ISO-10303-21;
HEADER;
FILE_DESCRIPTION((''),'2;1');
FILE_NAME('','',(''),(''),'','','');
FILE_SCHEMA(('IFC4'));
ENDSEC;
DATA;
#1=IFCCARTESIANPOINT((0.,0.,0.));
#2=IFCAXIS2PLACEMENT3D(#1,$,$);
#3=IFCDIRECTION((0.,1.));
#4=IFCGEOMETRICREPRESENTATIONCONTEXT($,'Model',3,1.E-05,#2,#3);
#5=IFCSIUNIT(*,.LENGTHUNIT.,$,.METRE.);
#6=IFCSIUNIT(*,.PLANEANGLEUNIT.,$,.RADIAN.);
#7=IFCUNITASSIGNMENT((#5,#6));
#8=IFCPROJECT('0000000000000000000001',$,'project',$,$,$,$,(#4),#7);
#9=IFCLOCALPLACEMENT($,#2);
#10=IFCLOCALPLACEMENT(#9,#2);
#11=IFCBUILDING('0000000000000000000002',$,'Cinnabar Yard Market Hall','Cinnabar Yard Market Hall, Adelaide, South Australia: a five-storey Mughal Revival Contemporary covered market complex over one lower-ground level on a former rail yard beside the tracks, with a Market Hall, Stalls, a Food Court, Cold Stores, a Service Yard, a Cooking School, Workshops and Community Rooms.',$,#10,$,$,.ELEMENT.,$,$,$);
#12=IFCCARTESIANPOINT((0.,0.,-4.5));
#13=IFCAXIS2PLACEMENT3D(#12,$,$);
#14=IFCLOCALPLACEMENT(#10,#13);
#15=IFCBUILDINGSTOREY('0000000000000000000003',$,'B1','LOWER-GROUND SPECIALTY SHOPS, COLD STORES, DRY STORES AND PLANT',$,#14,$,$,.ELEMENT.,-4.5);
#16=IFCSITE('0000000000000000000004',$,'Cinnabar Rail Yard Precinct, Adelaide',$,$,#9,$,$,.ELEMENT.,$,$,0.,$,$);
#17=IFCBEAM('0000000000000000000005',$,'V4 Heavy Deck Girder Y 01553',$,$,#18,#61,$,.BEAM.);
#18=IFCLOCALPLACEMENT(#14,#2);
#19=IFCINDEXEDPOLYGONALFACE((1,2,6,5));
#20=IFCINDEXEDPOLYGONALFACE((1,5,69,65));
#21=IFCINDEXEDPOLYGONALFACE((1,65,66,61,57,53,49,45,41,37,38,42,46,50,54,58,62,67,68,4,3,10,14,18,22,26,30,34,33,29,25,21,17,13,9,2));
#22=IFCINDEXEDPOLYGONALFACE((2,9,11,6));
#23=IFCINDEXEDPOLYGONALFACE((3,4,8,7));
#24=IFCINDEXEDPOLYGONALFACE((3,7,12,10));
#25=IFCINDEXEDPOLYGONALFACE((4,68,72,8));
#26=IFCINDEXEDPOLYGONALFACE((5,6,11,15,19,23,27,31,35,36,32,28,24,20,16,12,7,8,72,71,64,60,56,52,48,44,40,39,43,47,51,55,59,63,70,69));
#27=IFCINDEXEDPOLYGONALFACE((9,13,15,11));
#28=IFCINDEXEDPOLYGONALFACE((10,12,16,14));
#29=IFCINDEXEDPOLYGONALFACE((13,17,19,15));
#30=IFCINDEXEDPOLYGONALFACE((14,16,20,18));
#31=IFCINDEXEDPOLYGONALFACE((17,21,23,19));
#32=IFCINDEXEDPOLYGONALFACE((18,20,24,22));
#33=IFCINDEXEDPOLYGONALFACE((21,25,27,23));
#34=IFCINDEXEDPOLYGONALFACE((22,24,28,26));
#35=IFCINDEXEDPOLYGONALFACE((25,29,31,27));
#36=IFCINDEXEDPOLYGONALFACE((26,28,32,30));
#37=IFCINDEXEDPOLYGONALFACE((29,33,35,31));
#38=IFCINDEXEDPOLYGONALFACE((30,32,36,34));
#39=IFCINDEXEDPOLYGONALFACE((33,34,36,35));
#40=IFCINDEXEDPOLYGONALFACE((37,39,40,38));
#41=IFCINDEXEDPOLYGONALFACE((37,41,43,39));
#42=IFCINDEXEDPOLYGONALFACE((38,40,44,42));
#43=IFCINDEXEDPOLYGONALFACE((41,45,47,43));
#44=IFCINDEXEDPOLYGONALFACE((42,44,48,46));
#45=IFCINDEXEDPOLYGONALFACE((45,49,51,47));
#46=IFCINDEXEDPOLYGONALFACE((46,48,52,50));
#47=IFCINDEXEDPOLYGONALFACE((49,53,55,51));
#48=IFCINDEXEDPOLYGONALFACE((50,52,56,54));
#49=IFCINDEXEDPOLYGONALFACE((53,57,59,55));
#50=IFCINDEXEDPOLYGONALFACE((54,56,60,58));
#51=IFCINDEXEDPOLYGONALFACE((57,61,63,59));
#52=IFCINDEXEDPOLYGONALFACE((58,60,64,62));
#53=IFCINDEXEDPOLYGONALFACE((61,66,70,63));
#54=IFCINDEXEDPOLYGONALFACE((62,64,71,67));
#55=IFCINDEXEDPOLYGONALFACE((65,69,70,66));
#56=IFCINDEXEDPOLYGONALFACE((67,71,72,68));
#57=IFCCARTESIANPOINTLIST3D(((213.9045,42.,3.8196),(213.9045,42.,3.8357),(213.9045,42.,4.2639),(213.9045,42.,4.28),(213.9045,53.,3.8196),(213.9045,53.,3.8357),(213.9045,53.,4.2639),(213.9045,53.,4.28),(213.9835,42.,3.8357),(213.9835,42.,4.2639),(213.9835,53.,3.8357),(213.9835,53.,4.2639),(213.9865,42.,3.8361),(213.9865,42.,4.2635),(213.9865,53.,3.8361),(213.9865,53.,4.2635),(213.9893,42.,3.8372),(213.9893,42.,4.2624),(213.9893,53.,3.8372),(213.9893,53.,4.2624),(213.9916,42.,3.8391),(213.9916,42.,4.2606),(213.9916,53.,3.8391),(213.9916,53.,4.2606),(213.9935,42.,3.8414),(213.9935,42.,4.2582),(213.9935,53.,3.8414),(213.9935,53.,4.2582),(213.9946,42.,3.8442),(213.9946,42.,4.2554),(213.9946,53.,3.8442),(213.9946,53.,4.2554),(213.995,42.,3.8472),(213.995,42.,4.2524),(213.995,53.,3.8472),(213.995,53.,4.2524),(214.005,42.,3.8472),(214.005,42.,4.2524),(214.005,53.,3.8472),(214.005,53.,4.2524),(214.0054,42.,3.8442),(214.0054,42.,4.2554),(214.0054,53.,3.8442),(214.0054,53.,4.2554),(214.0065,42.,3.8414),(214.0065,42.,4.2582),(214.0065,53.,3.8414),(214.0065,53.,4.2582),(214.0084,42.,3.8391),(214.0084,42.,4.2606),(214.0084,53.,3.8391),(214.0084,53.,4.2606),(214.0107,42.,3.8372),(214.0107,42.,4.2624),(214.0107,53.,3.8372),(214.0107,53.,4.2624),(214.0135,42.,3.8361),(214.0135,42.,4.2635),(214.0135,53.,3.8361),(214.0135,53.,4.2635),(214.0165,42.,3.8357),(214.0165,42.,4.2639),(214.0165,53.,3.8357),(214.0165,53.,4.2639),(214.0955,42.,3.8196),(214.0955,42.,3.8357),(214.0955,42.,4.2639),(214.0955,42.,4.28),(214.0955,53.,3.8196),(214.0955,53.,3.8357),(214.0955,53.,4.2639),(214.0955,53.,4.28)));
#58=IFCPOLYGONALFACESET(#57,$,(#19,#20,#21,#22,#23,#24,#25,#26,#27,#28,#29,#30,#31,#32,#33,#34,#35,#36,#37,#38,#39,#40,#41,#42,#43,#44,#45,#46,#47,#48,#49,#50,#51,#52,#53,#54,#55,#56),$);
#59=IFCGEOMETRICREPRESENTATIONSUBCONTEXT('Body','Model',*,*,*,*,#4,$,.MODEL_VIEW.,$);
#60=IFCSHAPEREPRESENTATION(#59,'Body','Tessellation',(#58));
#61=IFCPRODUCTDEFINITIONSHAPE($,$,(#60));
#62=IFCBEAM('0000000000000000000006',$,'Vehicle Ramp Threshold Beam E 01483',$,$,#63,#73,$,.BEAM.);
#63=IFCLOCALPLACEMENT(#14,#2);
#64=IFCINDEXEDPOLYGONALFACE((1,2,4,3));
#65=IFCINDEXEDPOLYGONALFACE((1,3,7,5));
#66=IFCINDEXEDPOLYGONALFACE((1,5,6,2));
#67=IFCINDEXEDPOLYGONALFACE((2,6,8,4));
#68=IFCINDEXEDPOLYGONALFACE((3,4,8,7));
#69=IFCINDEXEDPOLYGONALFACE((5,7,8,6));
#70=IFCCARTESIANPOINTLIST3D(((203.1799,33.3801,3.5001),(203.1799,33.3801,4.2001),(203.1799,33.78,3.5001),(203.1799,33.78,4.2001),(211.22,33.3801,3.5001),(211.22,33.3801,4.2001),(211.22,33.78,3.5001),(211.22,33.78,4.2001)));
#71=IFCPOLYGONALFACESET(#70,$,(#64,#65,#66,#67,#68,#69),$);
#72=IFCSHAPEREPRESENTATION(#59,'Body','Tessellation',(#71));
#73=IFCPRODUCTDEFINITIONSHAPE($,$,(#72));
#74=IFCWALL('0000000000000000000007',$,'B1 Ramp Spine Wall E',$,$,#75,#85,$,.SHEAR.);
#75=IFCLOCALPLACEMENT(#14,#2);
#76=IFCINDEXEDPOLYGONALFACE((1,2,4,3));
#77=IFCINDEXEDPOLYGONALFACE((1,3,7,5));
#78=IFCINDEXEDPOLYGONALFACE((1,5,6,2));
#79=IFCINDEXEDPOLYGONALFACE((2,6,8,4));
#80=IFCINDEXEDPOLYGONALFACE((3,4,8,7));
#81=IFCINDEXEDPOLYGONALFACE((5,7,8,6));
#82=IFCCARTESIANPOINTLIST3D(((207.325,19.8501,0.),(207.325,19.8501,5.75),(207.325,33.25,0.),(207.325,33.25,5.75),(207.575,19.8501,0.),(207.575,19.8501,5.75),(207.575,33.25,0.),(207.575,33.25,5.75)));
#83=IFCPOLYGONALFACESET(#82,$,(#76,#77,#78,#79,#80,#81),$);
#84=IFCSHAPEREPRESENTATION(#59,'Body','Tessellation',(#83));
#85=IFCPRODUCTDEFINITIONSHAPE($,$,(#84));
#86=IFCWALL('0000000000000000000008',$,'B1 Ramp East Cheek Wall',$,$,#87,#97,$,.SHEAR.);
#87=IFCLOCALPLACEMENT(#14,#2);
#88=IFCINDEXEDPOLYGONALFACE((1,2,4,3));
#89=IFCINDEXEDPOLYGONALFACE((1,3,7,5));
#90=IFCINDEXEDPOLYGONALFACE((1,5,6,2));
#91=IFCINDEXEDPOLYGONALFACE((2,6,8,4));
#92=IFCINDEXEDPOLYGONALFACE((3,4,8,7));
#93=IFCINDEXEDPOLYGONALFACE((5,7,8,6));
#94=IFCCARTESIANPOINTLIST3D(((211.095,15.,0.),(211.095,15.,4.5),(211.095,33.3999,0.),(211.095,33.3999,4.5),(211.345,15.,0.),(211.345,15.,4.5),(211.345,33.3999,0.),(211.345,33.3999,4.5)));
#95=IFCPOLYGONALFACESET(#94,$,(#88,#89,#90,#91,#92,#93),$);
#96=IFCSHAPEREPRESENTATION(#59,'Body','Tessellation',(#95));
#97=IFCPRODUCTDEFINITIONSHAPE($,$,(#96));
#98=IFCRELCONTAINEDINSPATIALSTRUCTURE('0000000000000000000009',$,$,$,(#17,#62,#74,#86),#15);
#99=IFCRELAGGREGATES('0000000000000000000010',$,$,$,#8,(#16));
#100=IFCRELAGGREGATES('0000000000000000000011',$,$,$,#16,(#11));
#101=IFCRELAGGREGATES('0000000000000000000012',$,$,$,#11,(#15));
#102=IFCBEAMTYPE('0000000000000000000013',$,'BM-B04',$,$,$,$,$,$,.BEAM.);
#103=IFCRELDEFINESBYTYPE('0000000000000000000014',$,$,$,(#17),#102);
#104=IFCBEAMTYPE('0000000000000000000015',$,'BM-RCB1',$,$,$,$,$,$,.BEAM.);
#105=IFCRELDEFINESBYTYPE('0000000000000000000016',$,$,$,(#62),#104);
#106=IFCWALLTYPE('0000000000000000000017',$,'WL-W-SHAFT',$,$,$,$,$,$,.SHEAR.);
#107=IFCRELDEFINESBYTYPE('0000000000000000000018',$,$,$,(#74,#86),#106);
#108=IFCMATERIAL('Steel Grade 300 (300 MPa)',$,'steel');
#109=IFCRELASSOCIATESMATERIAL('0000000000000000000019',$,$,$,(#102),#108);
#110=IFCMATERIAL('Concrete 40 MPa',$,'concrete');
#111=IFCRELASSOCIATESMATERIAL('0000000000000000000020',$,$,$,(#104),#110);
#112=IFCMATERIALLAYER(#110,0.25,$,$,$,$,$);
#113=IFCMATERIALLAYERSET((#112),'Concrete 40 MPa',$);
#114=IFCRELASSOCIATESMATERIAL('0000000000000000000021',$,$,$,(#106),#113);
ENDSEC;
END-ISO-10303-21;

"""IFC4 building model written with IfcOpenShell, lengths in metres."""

from ifc_helpers import new_model, si_unit, direction, frame, frame_2d, origin, origin_2d_with_axis, place, context, subcontext, project, spatial, rectangle, i_section, extrude, material, layer, layer_set, material_profile, profile_set, type_object, element, save


model = new_model("IFC4")

# Units and contexts
model_context = context("Model", 3, precision=1e-05, world=origin(), true_north=direction((0.0, 1.0)))
body_context = subcontext(model_context, "Body", "Model", "MODEL_VIEW")
ifc_project = project(units=[si_unit("LENGTHUNIT", "METRE"), si_unit("PLANEANGLEUNIT", "RADIAN")], contexts=[model_context])

# Site, building, storey
site_placement = place(None, origin())
site = spatial("IfcSite", under=ifc_project, at=site_placement, Name="Cinnabar Rail Yard Precinct, Adelaide", CompositionType="ELEMENT", RefElevation=0.0)
building_placement = place(site_placement, origin())
building = spatial("IfcBuilding", under=site, at=building_placement, Name="Cinnabar Yard Market Hall", Description="Cinnabar Yard Market Hall, Adelaide, South Australia: a five-storey Mughal Revival Contemporary covered market complex over one lower-ground level on a former rail yard beside the tracks, with a Market Hall, Stalls, a Food Court, Cold Stores, a Service Yard, a Cooking School, Workshops and Community Rooms.", CompositionType="ELEMENT")
storey_placement = place(building_placement, frame((0.0, 0.0, -4.5)))
storey = spatial("IfcBuildingStorey", under=building, at=storey_placement, Name="B1", Description="LOWER-GROUND SPECIALTY SHOPS, COLD STORES, DRY STORES AND PLANT", CompositionType="ELEMENT", Elevation=-4.5)

# Shared definitions
ifc_material_1 = material(Name="Concrete 40 MPa", Category="concrete")

# Shared definitions
ifc_material_2 = material(Name="Steel Grade 300 (300 MPa)", Category="steel")

# Beams
ifc_material_profile_1 = material_profile(ifc_material_2, i_section(OverallWidth=0.1909, OverallDepth=0.4604, WebThickness=0.01, FlangeThickness=0.0161, FilletRadius=0.0115, at=origin_2d_with_axis()), Name="460UB82.1")
ifc_profile_set_1 = profile_set([ifc_material_profile_1], Name="Steel Grade 300 (300 MPa)")
beam_type_1 = type_object("IfcBeamType", Name="BM-B04", PredefinedType="BEAM", material=ifc_profile_set_1)
beam_1_placement = place(storey_placement, frame((214.0, 42.0, 4.0498), z_axis=(0.0, 1.0, 0.0), x_axis=(-1.0, 0.0, 0.0)))
element("IfcBeam", 1, at=beam_1_placement, inside=storey, type_object=beam_type_1, Name="V4 Heavy Deck Girder Y 01553", PredefinedType="BEAM", context=body_context, shape_type="SweptSolid", body=[
    extrude(i_section(OverallWidth=0.1909, OverallDepth=0.4604, WebThickness=0.01, FlangeThickness=0.0161, FilletRadius=0.0115, at=origin_2d_with_axis()), origin(), (0.0, 0.0, 1.0), 11.0),
])
ifc_material_profile_2 = material_profile(ifc_material_1, rectangle(XDim=0.3999, YDim=0.7, at=origin_2d_with_axis()), Name="RCB-400x700")
ifc_profile_set_2 = profile_set([ifc_material_profile_2], Name="Concrete 40 MPa")
beam_type_2 = type_object("IfcBeamType", Name="BM-RCB1", PredefinedType="BEAM", material=ifc_profile_set_2)
beam_2_placement = place(storey_placement, frame((203.1799, 33.5801, 3.8501), z_axis=(1.0, 0.0, 0.0), x_axis=(0.0, 1.0, 0.0)))
element("IfcBeam", 2, at=beam_2_placement, inside=storey, type_object=beam_type_2, Name="Vehicle Ramp Threshold Beam E 01483", PredefinedType="BEAM", context=body_context, shape_type="SweptSolid", body=[
    extrude(rectangle(XDim=0.3999, YDim=0.7, at=origin_2d_with_axis()), origin(), (0.0, 0.0, 1.0), 8.04),
])

# Walls
ifc_layer_1 = layer(ifc_material_1, 0.25)
ifc_layer_set_1 = layer_set([ifc_layer_1], Name="Concrete 40 MPa")
wall_type = type_object("IfcWallType", Name="WL-W-SHAFT", PredefinedType="SHEAR", material=ifc_layer_set_1)
wall_1_placement = place(storey_placement, frame((207.45, 33.25, 0.0), z_axis=(0.0, 0.0, 1.0), x_axis=(0.0, -1.0, 0.0)))
element("IfcWall", 3, at=wall_1_placement, inside=storey, type_object=wall_type, Name="B1 Ramp Spine Wall E", PredefinedType="SHEAR", context=body_context, shape_type="SweptSolid", body=[
    extrude(rectangle(XDim=13.3999, YDim=0.25, at=frame_2d((6.7, 0.0), x_axis=(1.0, 0.0))), origin(), (0.0, 0.0, 1.0), 5.75),
])
wall_2_placement = place(storey_placement, frame((211.22, 33.3999, 0.0), z_axis=(0.0, 0.0, 1.0), x_axis=(0.0, -1.0, 0.0)))
element("IfcWall", 4, at=wall_2_placement, inside=storey, type_object=wall_type, Name="B1 Ramp East Cheek Wall", PredefinedType="SHEAR", context=body_context, shape_type="SweptSolid", body=[
    extrude(rectangle(XDim=18.3999, YDim=0.25, at=frame_2d((9.2, 0.0), x_axis=(1.0, 0.0))), origin(), (0.0, 0.0, 1.0), 4.5),
])

save(model, "model.ifc")
